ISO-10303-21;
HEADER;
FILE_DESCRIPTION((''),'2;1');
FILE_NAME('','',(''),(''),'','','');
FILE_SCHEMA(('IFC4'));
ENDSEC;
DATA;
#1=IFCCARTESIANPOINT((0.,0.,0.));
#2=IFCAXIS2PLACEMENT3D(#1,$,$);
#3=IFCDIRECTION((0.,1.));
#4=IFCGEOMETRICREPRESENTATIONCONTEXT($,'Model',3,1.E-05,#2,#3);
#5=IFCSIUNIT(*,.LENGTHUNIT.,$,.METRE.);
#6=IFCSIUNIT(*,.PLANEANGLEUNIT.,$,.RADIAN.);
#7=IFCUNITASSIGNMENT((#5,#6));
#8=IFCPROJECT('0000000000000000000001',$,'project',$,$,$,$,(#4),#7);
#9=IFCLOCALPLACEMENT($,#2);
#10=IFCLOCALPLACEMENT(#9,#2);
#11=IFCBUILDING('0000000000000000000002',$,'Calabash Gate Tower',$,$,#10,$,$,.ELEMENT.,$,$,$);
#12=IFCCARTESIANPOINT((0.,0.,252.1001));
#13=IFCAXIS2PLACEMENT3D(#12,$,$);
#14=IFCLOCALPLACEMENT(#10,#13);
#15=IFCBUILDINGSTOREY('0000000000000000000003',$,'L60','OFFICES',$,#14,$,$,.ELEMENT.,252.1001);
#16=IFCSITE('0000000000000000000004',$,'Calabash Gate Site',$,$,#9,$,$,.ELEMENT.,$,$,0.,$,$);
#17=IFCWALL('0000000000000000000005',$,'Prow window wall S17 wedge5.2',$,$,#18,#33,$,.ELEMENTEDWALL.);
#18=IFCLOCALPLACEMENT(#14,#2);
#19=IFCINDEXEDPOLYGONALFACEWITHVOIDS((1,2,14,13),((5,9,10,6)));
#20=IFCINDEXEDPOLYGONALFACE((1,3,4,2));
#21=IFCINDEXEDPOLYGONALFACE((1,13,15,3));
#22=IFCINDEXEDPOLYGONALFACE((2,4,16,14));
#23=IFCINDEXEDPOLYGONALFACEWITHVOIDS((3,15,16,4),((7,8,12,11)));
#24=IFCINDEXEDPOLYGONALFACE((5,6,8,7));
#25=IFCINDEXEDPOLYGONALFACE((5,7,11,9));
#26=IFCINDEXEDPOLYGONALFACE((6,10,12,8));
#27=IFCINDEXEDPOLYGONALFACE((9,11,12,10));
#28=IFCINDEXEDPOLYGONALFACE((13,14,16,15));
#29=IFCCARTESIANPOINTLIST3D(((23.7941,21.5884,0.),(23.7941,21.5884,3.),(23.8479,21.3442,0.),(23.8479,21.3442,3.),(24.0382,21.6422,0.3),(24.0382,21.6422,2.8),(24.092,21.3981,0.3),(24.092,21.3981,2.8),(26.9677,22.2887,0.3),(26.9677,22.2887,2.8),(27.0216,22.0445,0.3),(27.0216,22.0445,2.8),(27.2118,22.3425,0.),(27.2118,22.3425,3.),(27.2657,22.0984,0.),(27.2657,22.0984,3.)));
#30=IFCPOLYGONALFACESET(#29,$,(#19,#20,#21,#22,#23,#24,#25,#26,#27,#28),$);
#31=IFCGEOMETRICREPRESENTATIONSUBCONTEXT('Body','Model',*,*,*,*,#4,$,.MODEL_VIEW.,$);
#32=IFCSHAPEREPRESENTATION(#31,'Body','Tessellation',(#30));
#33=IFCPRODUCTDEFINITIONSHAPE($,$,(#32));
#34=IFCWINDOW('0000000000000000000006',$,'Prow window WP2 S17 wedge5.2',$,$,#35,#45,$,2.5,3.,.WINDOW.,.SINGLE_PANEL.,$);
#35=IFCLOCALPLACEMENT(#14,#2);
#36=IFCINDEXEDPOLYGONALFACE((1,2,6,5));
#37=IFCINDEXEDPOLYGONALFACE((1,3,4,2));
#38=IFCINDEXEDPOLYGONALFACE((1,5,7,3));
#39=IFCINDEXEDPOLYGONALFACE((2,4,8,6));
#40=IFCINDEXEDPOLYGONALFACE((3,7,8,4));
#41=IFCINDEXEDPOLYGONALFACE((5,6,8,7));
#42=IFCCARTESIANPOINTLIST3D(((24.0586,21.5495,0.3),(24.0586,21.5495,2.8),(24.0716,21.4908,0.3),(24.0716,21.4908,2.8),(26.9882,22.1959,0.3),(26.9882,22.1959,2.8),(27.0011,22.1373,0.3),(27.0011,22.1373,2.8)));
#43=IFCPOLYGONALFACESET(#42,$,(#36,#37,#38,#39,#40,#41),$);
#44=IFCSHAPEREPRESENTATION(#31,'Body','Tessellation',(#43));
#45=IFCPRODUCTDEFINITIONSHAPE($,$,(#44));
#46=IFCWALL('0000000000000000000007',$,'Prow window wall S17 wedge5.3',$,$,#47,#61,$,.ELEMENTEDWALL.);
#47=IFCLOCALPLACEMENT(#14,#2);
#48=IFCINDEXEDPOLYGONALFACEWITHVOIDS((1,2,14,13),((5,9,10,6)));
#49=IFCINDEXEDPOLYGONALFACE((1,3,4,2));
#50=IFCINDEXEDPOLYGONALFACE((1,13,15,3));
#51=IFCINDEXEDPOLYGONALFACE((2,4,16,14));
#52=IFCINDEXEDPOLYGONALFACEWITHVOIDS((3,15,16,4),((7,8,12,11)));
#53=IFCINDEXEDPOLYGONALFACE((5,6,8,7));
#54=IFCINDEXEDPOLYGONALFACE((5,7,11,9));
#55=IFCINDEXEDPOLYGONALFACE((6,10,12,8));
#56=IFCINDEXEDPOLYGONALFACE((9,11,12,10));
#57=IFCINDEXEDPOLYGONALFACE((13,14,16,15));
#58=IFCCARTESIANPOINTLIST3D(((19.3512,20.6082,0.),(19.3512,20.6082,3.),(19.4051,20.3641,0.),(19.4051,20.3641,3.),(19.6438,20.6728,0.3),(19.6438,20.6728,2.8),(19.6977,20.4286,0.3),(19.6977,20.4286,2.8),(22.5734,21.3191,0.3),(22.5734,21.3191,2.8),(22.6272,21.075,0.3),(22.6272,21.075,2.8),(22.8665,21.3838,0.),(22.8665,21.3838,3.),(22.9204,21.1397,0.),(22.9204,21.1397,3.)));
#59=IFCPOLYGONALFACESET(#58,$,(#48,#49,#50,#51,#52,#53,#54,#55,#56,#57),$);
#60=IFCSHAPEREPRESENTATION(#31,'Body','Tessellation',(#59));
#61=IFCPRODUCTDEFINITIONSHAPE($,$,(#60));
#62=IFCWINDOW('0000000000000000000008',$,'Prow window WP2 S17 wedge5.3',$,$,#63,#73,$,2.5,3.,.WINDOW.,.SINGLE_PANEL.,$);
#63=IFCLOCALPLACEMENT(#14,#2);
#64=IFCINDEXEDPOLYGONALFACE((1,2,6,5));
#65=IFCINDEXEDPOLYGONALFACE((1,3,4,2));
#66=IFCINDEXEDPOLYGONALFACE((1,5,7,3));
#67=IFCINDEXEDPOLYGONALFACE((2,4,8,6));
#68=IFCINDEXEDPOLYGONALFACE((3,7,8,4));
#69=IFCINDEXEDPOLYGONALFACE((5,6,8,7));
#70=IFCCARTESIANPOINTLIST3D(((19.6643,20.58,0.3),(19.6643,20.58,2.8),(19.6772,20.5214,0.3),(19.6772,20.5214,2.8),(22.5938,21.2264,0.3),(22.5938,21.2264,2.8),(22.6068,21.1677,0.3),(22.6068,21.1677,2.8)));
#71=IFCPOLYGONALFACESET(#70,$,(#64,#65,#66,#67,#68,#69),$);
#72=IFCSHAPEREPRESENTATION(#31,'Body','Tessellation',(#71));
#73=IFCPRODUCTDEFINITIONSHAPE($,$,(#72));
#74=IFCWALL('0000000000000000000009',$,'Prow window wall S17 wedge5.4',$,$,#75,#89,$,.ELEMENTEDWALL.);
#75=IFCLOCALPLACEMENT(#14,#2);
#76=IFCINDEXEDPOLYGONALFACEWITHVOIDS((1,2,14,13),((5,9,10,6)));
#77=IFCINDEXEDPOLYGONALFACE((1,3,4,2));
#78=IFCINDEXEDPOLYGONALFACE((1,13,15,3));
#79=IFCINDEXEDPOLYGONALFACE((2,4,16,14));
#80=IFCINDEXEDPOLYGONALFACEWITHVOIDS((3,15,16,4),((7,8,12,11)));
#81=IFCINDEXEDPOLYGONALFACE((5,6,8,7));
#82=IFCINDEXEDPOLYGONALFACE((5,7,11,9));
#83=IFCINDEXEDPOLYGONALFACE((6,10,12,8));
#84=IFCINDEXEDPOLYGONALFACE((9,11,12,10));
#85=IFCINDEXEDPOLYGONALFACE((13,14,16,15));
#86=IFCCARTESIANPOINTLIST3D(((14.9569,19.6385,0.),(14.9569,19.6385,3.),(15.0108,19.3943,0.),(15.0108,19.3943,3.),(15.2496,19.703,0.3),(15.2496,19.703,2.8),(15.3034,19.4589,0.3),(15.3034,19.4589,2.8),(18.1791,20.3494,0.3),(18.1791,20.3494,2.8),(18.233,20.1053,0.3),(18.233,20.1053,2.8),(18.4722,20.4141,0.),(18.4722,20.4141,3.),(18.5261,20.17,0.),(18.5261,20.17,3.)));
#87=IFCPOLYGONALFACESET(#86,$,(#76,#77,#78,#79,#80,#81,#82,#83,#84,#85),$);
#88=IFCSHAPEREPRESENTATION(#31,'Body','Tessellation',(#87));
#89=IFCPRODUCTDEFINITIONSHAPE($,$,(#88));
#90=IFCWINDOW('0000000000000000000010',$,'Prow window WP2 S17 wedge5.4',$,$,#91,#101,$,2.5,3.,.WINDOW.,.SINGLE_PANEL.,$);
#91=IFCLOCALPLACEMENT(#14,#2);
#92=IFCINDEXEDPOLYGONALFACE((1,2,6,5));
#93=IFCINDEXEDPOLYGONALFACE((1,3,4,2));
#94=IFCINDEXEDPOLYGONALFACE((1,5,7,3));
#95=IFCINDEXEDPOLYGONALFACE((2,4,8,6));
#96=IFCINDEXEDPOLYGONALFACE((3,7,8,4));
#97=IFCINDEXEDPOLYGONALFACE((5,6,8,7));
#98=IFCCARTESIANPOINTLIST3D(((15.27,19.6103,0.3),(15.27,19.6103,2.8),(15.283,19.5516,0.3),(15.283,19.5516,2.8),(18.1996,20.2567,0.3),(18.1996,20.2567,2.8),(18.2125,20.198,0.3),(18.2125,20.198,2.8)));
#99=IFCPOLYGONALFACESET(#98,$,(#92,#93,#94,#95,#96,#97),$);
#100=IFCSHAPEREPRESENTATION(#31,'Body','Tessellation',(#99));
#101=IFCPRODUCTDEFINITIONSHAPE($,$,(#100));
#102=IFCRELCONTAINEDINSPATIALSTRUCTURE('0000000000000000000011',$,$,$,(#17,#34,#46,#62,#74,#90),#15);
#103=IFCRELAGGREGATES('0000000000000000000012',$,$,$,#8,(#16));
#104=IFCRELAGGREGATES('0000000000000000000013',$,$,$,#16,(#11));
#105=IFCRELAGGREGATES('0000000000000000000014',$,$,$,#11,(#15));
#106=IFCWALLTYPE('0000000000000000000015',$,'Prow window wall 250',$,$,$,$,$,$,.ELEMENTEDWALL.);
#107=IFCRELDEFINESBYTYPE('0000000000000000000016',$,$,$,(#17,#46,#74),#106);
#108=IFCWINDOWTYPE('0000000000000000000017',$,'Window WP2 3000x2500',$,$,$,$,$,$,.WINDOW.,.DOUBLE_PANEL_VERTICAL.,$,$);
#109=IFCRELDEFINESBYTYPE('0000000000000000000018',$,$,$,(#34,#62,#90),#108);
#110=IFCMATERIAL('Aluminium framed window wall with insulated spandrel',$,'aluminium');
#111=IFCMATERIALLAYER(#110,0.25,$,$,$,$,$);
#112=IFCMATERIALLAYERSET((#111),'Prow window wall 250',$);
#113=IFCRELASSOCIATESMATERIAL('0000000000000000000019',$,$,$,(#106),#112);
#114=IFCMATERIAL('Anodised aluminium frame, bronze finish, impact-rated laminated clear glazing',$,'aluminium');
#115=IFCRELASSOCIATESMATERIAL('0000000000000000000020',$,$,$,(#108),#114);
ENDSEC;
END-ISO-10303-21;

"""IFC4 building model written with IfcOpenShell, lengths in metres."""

from ifc_helpers import new_model, si_unit, direction, frame, frame_2d, origin, place, context, subcontext, project, spatial, rectangle, extrude, material, layer, layer_set, type_object, element, fill, save


model = new_model("IFC4")

# Units and contexts
model_context = context("Model", 3, precision=1e-05, world=origin(), true_north=direction((0.0, 1.0)))
body_context = subcontext(model_context, "Body", "Model", "MODEL_VIEW")
ifc_project = project(units=[si_unit("LENGTHUNIT", "METRE"), si_unit("PLANEANGLEUNIT", "RADIAN")], contexts=[model_context])

# Site, building, storey
site_placement = place(None, origin())
site = spatial("IfcSite", under=ifc_project, at=site_placement, Name="Calabash Gate Site", CompositionType="ELEMENT", RefElevation=0.0)
building_placement = place(site_placement, origin())
building = spatial("IfcBuilding", under=site, at=building_placement, Name="Calabash Gate Tower", CompositionType="ELEMENT")
storey_placement = place(building_placement, frame((0.0, 0.0, 252.1001)))
storey = spatial("IfcBuildingStorey", under=building, at=storey_placement, Name="L60", Description="OFFICES", CompositionType="ELEMENT", Elevation=252.1001)

# Walls, openings, windows
ifc_material_1 = material(Name="Aluminium framed window wall with insulated spandrel", Category="aluminium")
ifc_layer_1 = layer(ifc_material_1, 0.25)
ifc_layer_set_1 = layer_set([ifc_layer_1], Name="Prow window wall 250")
wall_type_1 = type_object("IfcWallType", Name="Prow window wall 250", PredefinedType="ELEMENTEDWALL", material=ifc_layer_set_1)
ifc_material_2 = material(Name="Anodised aluminium frame, bronze finish, impact-rated laminated clear glazing", Category="aluminium")
window_type = type_object("IfcWindowType", Name="Window WP2 3000x2500", PartitioningType="DOUBLE_PANEL_VERTICAL", PredefinedType="WINDOW", material=ifc_material_2)
wall_1_placement = place(storey_placement, frame((27.2388, 22.2205, 0.0), z_axis=(0.0, 0.0, 1.0), x_axis=(-0.976509, -0.215475, 0.0)))
wall_1 = element("IfcWall", 1, at=wall_1_placement, inside=storey, type_object=wall_type_1, Name="Prow window wall S17 wedge5.2", PredefinedType="ELEMENTEDWALL", context=body_context, shape_type="SweptSolid", body=[
    extrude(rectangle(XDim=3.5, YDim=0.25, at=frame_2d((1.75, 0.0))), origin(), (0.0, 0.0, 1.0), 3.0),
])
opening_1_placement = place(wall_1_placement, frame((0.25, 0.0, 0.3)))
opening_1 = element("IfcOpeningElement", 2, at=opening_1_placement, cuts=wall_1, PredefinedType="OPENING", context=body_context, shape_type="SweptSolid", body=[
    extrude(rectangle(XDim=3.0, YDim=2.5, at=frame_2d((1.5, 1.25))), frame((0.0, 0.135, 0.0), z_axis=(0.0, -1.0, 0.0), x_axis=(1.0, 0.0, 0.0)), (0.0, 0.0, 1.0), 0.27),
])
window_1_placement = place(opening_1_placement, origin())
window_1 = element("IfcWindow", 3, at=window_1_placement, inside=storey, type_object=window_type, Name="Prow window WP2 S17 wedge5.2", OverallHeight=2.5, OverallWidth=3.0, PartitioningType="SINGLE_PANEL", PredefinedType="WINDOW", context=body_context, shape_type="SweptSolid", body=[
    extrude(rectangle(XDim=3.0, YDim=2.5, at=frame_2d((1.5, 1.25))), frame((0.0, 0.03, 0.0), z_axis=(0.0, -1.0, 0.0), x_axis=(1.0, 0.0, 0.0)), (0.0, 0.0, 1.0), 0.0601),
])
fill(opening_1, window_1)
wall_2_placement = place(storey_placement, frame((22.8933, 21.2617, 0.0), z_axis=(0.0, 0.0, 1.0), x_axis=(-0.976513, -0.215458, 0.0)))
wall_2 = element("IfcWall", 4, at=wall_2_placement, inside=storey, type_object=wall_type_1, Name="Prow window wall S17 wedge5.3", PredefinedType="ELEMENTEDWALL", context=body_context, shape_type="SweptSolid", body=[
    extrude(rectangle(XDim=3.5999, YDim=0.25, at=frame_2d((1.7998, 0.0))), origin(), (0.0, 0.0, 1.0), 3.0),
])
opening_2_placement = place(wall_2_placement, frame((0.3, 0.0, 0.3)))
opening_2 = element("IfcOpeningElement", 5, at=opening_2_placement, cuts=wall_2, PredefinedType="OPENING", context=body_context, shape_type="SweptSolid", body=[
    extrude(rectangle(XDim=3.0, YDim=2.5, at=frame_2d((1.5, 1.25))), frame((0.0, 0.135, 0.0), z_axis=(0.0, -1.0, 0.0), x_axis=(1.0, 0.0, 0.0)), (0.0, 0.0, 1.0), 0.27),
])
window_2_placement = place(opening_2_placement, origin())
window_2 = element("IfcWindow", 6, at=window_2_placement, inside=storey, type_object=window_type, Name="Prow window WP2 S17 wedge5.3", OverallHeight=2.5, OverallWidth=3.0, PartitioningType="SINGLE_PANEL", PredefinedType="WINDOW", context=body_context, shape_type="SweptSolid", body=[
    extrude(rectangle(XDim=3.0, YDim=2.5, at=frame_2d((1.5, 1.25))), frame((0.0, 0.03, 0.0), z_axis=(0.0, -1.0, 0.0), x_axis=(1.0, 0.0, 0.0)), (0.0, 0.0, 1.0), 0.0601),
])
fill(opening_2, window_2)
wall_3_placement = place(storey_placement, frame((18.499, 20.292, 0.0), z_axis=(0.0, 0.0, 1.0), x_axis=(-0.976513, -0.215458, 0.0)))
wall_3 = element("IfcWall", 7, at=wall_3_placement, inside=storey, type_object=wall_type_1, Name="Prow window wall S17 wedge5.4", PredefinedType="ELEMENTEDWALL", context=body_context, shape_type="SweptSolid", body=[
    extrude(rectangle(XDim=3.5999, YDim=0.25, at=frame_2d((1.7998, 0.0))), origin(), (0.0, 0.0, 1.0), 3.0),
])
opening_3_placement = place(wall_3_placement, frame((0.3, 0.0, 0.3)))
opening_3 = element("IfcOpeningElement", 8, at=opening_3_placement, cuts=wall_3, PredefinedType="OPENING", context=body_context, shape_type="SweptSolid", body=[
    extrude(rectangle(XDim=3.0, YDim=2.5, at=frame_2d((1.5, 1.25))), frame((0.0, 0.135, 0.0), z_axis=(0.0, -1.0, 0.0), x_axis=(1.0, 0.0, 0.0)), (0.0, 0.0, 1.0), 0.27),
])
window_3_placement = place(opening_3_placement, origin())
window_3 = element("IfcWindow", 9, at=window_3_placement, inside=storey, type_object=window_type, Name="Prow window WP2 S17 wedge5.4", OverallHeight=2.5, OverallWidth=3.0, PartitioningType="SINGLE_PANEL", PredefinedType="WINDOW", context=body_context, shape_type="SweptSolid", body=[
    extrude(rectangle(XDim=3.0, YDim=2.5, at=frame_2d((1.5, 1.25))), frame((0.0, 0.03, 0.0), z_axis=(0.0, -1.0, 0.0), x_axis=(1.0, 0.0, 0.0)), (0.0, 0.0, 1.0), 0.0601),
])
fill(opening_3, window_3)

save(model, "model.ifc")
